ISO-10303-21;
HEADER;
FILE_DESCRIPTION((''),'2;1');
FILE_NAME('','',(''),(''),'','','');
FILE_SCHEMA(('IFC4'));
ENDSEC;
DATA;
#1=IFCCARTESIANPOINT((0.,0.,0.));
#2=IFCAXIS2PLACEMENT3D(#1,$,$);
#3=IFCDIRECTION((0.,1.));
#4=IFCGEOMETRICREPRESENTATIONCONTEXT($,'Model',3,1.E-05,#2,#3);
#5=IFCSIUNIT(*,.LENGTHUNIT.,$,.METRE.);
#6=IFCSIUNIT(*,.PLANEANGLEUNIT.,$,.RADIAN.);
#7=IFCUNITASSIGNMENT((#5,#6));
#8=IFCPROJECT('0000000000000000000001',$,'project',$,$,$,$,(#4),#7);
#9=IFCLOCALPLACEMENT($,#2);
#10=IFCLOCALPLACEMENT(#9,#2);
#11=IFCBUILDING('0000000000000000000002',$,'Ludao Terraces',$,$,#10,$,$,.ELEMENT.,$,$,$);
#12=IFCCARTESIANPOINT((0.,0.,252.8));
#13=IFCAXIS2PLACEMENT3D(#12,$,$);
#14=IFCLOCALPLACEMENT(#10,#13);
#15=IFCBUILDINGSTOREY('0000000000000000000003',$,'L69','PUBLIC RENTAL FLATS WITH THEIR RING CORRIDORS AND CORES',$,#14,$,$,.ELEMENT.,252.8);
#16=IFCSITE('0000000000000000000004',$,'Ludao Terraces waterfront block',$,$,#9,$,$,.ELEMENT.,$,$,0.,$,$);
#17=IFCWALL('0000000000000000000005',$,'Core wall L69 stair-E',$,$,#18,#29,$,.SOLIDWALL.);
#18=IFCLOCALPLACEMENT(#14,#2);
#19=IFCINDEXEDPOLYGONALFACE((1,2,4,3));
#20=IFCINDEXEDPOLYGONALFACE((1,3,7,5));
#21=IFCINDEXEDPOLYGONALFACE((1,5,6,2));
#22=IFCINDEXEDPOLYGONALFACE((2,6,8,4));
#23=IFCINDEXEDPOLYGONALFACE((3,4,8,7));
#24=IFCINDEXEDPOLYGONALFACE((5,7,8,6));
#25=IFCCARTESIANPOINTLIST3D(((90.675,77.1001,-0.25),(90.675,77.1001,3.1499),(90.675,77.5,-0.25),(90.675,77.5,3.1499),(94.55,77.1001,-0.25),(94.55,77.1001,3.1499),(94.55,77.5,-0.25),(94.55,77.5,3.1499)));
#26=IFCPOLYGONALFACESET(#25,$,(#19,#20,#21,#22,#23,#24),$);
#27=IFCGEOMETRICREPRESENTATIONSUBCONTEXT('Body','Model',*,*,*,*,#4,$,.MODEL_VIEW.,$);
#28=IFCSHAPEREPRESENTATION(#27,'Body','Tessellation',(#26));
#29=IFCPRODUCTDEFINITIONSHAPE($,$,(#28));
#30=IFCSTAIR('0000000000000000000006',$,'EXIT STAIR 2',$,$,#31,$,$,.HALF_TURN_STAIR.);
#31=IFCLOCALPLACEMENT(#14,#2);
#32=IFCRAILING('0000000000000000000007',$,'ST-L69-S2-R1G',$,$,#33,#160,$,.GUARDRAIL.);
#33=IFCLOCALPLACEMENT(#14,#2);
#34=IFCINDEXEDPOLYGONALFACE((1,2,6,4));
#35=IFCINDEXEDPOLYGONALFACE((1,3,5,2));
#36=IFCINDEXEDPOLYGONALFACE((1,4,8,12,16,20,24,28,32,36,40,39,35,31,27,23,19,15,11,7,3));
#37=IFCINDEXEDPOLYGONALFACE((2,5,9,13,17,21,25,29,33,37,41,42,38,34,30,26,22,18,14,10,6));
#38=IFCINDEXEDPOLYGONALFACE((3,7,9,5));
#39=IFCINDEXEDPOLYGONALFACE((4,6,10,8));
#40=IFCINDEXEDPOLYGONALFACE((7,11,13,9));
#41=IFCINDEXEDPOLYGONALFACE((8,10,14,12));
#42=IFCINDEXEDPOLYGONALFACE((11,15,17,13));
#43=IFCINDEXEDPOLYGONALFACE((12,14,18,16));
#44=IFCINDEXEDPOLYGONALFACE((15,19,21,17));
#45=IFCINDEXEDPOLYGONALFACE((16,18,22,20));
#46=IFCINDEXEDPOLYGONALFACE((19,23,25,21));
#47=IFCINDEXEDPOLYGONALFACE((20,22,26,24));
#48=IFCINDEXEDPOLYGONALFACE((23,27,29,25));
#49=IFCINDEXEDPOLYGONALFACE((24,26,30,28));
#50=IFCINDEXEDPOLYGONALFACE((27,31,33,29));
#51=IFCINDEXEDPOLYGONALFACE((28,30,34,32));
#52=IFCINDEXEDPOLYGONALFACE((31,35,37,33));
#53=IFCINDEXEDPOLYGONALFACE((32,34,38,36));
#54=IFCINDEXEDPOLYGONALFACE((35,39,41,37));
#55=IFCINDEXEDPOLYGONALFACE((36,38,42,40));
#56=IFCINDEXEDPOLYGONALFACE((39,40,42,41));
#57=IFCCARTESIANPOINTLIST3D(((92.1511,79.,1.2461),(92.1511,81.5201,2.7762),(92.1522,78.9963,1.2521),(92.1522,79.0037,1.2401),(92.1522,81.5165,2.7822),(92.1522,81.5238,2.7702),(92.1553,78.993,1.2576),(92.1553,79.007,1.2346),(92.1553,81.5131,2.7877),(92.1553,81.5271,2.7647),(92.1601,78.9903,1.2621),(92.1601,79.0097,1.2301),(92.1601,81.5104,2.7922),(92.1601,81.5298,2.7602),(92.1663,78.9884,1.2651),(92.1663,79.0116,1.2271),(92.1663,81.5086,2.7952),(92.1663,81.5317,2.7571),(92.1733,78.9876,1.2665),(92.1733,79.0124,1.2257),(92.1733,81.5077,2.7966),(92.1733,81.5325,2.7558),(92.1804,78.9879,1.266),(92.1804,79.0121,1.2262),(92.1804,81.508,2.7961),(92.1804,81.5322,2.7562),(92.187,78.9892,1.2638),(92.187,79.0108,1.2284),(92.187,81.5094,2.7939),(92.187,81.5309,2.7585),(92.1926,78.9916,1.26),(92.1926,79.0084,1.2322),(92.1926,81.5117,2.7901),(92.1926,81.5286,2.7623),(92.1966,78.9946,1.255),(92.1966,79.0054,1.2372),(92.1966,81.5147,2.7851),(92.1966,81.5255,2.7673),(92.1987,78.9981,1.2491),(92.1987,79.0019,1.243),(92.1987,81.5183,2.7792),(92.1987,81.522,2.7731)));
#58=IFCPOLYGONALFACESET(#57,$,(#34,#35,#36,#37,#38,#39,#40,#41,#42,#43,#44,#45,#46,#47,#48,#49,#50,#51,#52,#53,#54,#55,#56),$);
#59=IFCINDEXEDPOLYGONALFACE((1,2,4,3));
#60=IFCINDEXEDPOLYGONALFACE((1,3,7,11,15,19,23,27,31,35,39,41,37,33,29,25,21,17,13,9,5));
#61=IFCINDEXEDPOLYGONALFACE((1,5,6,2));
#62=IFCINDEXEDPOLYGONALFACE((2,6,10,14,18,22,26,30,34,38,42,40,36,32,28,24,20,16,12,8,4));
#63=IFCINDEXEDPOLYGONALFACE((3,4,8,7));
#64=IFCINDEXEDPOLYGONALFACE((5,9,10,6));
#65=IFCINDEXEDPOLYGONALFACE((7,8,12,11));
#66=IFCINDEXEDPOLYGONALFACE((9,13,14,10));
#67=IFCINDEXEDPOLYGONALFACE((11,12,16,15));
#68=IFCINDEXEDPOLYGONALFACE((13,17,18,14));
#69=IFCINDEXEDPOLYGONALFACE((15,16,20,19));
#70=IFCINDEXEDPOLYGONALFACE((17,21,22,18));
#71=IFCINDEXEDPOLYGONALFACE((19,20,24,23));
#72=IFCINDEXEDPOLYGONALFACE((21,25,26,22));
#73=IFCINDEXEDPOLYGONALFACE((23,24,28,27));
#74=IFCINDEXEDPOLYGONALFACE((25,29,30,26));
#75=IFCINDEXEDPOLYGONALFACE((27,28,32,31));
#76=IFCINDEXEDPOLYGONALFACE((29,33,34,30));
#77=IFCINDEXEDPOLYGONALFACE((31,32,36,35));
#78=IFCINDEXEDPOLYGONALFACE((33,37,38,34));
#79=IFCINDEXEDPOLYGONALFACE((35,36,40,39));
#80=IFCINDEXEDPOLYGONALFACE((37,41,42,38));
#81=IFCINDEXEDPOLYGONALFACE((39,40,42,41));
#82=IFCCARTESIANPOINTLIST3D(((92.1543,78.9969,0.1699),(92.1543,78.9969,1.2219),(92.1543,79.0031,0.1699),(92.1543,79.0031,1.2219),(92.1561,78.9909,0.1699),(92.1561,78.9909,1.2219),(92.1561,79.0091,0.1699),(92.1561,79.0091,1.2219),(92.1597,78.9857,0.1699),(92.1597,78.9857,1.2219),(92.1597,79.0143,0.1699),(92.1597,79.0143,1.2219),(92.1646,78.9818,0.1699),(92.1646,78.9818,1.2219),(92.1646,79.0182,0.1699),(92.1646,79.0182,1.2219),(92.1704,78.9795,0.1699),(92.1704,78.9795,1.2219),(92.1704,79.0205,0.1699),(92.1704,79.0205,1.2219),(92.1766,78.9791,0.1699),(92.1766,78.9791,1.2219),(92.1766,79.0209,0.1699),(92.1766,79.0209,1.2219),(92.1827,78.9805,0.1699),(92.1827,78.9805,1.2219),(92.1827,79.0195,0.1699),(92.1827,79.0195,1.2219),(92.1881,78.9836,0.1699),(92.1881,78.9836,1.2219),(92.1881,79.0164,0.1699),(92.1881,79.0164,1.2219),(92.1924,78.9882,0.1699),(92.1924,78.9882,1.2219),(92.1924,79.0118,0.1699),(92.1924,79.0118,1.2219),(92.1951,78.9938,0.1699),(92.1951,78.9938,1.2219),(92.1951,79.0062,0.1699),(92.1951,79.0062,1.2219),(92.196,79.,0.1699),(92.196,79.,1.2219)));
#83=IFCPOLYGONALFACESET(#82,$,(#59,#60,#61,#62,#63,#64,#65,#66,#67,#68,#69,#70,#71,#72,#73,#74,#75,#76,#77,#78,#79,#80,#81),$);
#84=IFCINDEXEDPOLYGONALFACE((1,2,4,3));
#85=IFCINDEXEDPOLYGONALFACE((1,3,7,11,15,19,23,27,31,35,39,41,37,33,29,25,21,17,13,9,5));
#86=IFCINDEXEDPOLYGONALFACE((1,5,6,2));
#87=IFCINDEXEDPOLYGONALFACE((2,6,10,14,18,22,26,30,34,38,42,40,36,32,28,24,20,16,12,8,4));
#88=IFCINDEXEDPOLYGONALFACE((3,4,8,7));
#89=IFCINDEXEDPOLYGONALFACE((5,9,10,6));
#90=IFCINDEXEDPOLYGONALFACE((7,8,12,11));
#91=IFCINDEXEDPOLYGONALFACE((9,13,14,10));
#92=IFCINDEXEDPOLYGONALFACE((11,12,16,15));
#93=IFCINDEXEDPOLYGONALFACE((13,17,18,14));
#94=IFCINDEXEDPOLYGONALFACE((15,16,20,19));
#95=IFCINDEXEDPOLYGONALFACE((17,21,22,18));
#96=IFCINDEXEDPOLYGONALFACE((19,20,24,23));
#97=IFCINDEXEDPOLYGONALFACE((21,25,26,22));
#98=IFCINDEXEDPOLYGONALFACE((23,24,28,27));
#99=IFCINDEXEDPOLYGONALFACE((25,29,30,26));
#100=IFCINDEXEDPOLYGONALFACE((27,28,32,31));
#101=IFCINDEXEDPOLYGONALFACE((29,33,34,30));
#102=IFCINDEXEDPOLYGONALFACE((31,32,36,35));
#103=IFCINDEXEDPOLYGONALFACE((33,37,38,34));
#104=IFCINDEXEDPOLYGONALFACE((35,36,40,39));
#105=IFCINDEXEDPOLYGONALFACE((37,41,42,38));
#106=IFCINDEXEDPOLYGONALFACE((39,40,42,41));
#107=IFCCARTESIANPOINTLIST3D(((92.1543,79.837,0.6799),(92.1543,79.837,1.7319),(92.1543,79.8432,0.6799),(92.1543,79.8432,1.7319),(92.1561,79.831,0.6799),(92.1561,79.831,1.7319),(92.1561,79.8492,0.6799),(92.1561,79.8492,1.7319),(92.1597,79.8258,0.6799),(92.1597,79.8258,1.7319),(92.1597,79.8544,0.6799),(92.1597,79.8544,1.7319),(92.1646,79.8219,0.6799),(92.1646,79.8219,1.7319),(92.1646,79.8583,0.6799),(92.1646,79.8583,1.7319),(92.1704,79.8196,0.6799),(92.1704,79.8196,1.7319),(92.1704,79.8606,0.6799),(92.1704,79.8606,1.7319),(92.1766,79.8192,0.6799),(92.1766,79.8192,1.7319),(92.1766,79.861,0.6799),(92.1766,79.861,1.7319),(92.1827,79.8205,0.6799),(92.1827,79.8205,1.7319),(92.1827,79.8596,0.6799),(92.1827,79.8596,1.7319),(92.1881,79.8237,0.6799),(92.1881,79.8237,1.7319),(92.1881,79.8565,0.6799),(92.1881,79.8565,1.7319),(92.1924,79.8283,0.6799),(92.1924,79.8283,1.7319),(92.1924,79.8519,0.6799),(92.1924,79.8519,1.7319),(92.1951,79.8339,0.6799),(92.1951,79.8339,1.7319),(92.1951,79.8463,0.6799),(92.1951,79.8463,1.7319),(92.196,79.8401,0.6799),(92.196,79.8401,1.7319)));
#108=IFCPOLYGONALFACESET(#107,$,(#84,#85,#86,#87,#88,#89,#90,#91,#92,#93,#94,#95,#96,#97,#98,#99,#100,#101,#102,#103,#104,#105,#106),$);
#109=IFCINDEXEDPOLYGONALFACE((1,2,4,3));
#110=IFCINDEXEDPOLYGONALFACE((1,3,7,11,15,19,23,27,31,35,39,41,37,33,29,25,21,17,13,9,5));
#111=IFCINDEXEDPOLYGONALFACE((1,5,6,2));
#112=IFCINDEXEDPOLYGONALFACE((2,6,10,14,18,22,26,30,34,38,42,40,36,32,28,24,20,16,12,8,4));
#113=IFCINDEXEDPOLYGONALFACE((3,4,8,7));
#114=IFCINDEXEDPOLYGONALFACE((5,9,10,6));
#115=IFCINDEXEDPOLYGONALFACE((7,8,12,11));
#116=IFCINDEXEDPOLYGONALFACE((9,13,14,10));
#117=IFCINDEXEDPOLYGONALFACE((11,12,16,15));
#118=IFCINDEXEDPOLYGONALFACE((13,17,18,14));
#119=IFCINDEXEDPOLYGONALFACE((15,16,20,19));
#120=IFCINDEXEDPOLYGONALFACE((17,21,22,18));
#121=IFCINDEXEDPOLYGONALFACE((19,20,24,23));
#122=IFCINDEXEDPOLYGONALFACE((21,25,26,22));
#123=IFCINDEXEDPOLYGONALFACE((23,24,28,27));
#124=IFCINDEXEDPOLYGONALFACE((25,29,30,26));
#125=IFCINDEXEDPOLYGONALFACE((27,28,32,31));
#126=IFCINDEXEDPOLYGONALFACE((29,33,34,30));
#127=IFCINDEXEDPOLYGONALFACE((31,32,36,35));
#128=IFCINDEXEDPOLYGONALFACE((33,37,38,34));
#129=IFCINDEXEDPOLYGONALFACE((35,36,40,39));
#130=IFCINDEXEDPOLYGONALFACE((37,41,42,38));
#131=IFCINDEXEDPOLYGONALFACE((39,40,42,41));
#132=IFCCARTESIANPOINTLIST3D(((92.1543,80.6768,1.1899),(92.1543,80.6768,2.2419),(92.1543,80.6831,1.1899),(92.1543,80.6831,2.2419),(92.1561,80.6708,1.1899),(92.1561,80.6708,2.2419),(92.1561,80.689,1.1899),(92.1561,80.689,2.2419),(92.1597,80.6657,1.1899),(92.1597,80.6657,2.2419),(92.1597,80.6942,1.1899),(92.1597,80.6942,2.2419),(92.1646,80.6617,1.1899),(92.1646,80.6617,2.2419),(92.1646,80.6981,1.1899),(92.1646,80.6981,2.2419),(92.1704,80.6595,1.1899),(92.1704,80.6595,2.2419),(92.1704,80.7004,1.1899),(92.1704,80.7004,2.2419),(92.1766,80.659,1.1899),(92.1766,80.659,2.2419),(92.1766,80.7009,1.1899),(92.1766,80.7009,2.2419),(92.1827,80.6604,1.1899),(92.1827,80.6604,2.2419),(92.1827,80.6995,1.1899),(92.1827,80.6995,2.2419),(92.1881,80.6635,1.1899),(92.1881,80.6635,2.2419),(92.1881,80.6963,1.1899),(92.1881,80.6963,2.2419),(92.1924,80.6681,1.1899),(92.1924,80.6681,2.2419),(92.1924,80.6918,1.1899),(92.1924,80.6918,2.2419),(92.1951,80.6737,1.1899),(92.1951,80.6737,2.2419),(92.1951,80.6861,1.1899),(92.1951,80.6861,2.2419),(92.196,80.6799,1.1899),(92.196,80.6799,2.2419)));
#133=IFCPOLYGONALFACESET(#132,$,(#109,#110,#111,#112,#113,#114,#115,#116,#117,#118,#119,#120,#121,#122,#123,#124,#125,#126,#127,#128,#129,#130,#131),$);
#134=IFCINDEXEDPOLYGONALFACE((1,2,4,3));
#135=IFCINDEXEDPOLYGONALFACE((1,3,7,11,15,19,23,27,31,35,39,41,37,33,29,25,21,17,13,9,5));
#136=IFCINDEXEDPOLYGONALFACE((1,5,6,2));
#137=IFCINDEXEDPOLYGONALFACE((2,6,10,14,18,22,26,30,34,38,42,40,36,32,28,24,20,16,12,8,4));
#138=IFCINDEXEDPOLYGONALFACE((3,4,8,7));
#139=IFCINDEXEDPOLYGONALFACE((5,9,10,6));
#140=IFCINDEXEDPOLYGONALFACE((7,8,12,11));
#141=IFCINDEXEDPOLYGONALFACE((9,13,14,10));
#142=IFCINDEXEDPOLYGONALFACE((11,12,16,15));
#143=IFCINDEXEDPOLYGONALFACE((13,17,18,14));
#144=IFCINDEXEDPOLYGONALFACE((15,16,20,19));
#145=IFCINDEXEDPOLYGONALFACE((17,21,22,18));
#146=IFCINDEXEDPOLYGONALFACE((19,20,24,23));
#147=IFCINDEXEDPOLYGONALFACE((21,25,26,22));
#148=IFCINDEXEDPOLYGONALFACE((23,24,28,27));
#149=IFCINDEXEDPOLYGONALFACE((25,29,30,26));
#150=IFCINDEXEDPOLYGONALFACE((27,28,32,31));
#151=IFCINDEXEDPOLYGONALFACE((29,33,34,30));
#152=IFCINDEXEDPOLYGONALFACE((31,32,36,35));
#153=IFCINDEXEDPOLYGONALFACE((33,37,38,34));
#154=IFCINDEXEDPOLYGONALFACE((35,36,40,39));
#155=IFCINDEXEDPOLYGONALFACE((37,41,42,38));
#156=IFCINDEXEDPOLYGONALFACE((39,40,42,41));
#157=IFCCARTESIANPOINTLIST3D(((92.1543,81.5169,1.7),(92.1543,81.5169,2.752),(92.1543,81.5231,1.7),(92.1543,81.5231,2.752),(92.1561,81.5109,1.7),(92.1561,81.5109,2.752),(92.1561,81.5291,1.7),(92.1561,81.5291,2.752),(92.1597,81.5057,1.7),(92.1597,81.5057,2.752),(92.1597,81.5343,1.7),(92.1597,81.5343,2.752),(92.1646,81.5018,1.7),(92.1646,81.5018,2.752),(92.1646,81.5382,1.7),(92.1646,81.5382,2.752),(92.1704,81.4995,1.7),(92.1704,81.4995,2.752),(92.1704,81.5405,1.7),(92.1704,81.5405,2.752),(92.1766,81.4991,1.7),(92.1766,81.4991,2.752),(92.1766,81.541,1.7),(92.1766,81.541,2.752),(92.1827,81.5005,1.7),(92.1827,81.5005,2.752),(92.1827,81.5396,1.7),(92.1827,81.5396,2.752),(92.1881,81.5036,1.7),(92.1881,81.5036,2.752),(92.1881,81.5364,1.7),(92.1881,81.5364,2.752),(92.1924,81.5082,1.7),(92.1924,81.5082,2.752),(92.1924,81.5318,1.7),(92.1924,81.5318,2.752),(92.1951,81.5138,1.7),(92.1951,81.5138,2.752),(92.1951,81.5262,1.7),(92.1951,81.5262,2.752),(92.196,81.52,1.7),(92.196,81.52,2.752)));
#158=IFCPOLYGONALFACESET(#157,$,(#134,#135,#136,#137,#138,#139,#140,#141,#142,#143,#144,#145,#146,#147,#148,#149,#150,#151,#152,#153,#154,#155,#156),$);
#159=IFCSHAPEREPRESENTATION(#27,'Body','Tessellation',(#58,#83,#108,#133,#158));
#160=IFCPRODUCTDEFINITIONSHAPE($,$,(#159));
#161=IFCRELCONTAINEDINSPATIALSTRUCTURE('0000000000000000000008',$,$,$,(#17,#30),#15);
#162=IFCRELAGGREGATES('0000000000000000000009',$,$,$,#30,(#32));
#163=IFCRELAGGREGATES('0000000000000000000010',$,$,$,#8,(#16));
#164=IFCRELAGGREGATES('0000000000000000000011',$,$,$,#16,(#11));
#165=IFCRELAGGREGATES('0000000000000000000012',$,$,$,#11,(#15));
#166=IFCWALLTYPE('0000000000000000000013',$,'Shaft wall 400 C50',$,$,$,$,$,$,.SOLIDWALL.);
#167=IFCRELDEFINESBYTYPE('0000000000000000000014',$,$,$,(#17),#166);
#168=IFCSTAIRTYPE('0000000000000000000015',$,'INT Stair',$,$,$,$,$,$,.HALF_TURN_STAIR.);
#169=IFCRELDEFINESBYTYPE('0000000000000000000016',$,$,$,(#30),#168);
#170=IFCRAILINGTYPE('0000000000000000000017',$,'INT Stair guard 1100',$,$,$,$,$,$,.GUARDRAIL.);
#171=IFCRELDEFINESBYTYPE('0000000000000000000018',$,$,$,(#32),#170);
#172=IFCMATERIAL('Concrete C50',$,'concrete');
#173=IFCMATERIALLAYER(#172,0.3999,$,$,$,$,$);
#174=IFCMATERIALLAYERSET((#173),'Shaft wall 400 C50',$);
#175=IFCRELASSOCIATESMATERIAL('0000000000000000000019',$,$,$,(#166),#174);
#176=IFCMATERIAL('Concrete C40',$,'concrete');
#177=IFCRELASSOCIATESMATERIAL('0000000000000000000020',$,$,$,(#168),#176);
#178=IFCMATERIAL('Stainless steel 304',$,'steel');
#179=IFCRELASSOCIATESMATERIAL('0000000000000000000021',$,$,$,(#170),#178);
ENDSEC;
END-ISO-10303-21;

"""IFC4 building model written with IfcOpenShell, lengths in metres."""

from ifc_helpers import new_model, si_unit, direction, frame, frame_2d, origin, origin_2d, place, context, subcontext, project, spatial, rectangle, circle, extrude, material, layer, layer_set, type_object, element, aggregate, save


model = new_model("IFC4")

# Units and contexts
model_context = context("Model", 3, precision=1e-05, world=origin(), true_north=direction((0.0, 1.0)))
body_context = subcontext(model_context, "Body", "Model", "MODEL_VIEW")
ifc_project = project(units=[si_unit("LENGTHUNIT", "METRE"), si_unit("PLANEANGLEUNIT", "RADIAN")], contexts=[model_context])

# Site, building, storey
site_placement = place(None, origin())
site = spatial("IfcSite", under=ifc_project, at=site_placement, Name="Ludao Terraces waterfront block", CompositionType="ELEMENT", RefElevation=0.0)
building_placement = place(site_placement, origin())
building = spatial("IfcBuilding", under=site, at=building_placement, Name="Ludao Terraces", CompositionType="ELEMENT")
storey_placement = place(building_placement, frame((0.0, 0.0, 252.8)))
storey = spatial("IfcBuildingStorey", under=building, at=storey_placement, Name="L69", Description="PUBLIC RENTAL FLATS WITH THEIR RING CORRIDORS AND CORES", CompositionType="ELEMENT", Elevation=252.8)

# Shared definitions
ifc_material_1 = material(Name="Concrete C50", Category="concrete")

# Shared definitions
ifc_material_2 = material(Name="Stainless steel 304", Category="steel")

# Wall
ifc_layer_1 = layer(ifc_material_1, 0.3999)
ifc_layer_set_1 = layer_set([ifc_layer_1], Name="Shaft wall 400 C50")
wall_type_1 = type_object("IfcWallType", Name="Shaft wall 400 C50", PredefinedType="SOLIDWALL", material=ifc_layer_set_1)
wall_1_placement = place(storey_placement, frame((90.675, 77.3, -0.25), z_axis=(0.0, 0.0, 1.0), x_axis=(1.0, 0.0, 0.0)))
element("IfcWall", 1, at=wall_1_placement, inside=storey, type_object=wall_type_1, Name="Core wall L69 stair-E", PredefinedType="SOLIDWALL", context=body_context, shape_type="SweptSolid", body=[
    extrude(rectangle(XDim=3.875, YDim=0.3999, at=frame_2d((1.9375, 0.0))), origin(), (0.0, 0.0, 1.0), 3.3999),
])

# Stair, railing
ifc_material_3 = material(Name="Concrete C40", Category="concrete")
stair_type = type_object("IfcStairType", Name="INT Stair", PredefinedType="HALF_TURN_STAIR", material=ifc_material_3)
stair_placement = place(storey_placement, origin())
stair = element("IfcStair", 2, at=stair_placement, inside=storey, type_object=stair_type, Name="EXIT STAIR 2", PredefinedType="HALF_TURN_STAIR")
railing_type_1 = type_object("IfcRailingType", Name="INT Stair guard 1100", PredefinedType="GUARDRAIL", material=ifc_material_2)
railing_1_placement = place(storey_placement, frame((92.175, 79.0, 0.1699)))
railing_1 = element("IfcRailing", 3, at=railing_1_placement, type_object=railing_type_1, Name="ST-L69-S2-R1G", PredefinedType="GUARDRAIL", context=body_context, shape_type="SweptSolid", body=[
    extrude(circle(Radius=0.0239, at=origin_2d()), frame((0.0, 0.0, 1.0762), z_axis=(0.0, 0.854785, 0.518982), x_axis=(-1.0, 0.0, 0.0)), (0.0, 0.0, 1.0), 2.9482),
    extrude(circle(Radius=0.021, at=origin_2d()), origin(), (0.0, 0.0, 1.0), 1.052),
    extrude(circle(Radius=0.021, at=origin_2d()), frame((0.0, 0.8401, 0.51)), (0.0, 0.0, 1.0), 1.052),
    extrude(circle(Radius=0.021, at=origin_2d()), frame((0.0, 1.6799, 1.02)), (0.0, 0.0, 1.0), 1.052),
    extrude(circle(Radius=0.021, at=origin_2d()), frame((0.0, 2.52, 1.53)), (0.0, 0.0, 1.0), 1.052),
])
aggregate(stair, [railing_1])

save(model, "model.ifc")
